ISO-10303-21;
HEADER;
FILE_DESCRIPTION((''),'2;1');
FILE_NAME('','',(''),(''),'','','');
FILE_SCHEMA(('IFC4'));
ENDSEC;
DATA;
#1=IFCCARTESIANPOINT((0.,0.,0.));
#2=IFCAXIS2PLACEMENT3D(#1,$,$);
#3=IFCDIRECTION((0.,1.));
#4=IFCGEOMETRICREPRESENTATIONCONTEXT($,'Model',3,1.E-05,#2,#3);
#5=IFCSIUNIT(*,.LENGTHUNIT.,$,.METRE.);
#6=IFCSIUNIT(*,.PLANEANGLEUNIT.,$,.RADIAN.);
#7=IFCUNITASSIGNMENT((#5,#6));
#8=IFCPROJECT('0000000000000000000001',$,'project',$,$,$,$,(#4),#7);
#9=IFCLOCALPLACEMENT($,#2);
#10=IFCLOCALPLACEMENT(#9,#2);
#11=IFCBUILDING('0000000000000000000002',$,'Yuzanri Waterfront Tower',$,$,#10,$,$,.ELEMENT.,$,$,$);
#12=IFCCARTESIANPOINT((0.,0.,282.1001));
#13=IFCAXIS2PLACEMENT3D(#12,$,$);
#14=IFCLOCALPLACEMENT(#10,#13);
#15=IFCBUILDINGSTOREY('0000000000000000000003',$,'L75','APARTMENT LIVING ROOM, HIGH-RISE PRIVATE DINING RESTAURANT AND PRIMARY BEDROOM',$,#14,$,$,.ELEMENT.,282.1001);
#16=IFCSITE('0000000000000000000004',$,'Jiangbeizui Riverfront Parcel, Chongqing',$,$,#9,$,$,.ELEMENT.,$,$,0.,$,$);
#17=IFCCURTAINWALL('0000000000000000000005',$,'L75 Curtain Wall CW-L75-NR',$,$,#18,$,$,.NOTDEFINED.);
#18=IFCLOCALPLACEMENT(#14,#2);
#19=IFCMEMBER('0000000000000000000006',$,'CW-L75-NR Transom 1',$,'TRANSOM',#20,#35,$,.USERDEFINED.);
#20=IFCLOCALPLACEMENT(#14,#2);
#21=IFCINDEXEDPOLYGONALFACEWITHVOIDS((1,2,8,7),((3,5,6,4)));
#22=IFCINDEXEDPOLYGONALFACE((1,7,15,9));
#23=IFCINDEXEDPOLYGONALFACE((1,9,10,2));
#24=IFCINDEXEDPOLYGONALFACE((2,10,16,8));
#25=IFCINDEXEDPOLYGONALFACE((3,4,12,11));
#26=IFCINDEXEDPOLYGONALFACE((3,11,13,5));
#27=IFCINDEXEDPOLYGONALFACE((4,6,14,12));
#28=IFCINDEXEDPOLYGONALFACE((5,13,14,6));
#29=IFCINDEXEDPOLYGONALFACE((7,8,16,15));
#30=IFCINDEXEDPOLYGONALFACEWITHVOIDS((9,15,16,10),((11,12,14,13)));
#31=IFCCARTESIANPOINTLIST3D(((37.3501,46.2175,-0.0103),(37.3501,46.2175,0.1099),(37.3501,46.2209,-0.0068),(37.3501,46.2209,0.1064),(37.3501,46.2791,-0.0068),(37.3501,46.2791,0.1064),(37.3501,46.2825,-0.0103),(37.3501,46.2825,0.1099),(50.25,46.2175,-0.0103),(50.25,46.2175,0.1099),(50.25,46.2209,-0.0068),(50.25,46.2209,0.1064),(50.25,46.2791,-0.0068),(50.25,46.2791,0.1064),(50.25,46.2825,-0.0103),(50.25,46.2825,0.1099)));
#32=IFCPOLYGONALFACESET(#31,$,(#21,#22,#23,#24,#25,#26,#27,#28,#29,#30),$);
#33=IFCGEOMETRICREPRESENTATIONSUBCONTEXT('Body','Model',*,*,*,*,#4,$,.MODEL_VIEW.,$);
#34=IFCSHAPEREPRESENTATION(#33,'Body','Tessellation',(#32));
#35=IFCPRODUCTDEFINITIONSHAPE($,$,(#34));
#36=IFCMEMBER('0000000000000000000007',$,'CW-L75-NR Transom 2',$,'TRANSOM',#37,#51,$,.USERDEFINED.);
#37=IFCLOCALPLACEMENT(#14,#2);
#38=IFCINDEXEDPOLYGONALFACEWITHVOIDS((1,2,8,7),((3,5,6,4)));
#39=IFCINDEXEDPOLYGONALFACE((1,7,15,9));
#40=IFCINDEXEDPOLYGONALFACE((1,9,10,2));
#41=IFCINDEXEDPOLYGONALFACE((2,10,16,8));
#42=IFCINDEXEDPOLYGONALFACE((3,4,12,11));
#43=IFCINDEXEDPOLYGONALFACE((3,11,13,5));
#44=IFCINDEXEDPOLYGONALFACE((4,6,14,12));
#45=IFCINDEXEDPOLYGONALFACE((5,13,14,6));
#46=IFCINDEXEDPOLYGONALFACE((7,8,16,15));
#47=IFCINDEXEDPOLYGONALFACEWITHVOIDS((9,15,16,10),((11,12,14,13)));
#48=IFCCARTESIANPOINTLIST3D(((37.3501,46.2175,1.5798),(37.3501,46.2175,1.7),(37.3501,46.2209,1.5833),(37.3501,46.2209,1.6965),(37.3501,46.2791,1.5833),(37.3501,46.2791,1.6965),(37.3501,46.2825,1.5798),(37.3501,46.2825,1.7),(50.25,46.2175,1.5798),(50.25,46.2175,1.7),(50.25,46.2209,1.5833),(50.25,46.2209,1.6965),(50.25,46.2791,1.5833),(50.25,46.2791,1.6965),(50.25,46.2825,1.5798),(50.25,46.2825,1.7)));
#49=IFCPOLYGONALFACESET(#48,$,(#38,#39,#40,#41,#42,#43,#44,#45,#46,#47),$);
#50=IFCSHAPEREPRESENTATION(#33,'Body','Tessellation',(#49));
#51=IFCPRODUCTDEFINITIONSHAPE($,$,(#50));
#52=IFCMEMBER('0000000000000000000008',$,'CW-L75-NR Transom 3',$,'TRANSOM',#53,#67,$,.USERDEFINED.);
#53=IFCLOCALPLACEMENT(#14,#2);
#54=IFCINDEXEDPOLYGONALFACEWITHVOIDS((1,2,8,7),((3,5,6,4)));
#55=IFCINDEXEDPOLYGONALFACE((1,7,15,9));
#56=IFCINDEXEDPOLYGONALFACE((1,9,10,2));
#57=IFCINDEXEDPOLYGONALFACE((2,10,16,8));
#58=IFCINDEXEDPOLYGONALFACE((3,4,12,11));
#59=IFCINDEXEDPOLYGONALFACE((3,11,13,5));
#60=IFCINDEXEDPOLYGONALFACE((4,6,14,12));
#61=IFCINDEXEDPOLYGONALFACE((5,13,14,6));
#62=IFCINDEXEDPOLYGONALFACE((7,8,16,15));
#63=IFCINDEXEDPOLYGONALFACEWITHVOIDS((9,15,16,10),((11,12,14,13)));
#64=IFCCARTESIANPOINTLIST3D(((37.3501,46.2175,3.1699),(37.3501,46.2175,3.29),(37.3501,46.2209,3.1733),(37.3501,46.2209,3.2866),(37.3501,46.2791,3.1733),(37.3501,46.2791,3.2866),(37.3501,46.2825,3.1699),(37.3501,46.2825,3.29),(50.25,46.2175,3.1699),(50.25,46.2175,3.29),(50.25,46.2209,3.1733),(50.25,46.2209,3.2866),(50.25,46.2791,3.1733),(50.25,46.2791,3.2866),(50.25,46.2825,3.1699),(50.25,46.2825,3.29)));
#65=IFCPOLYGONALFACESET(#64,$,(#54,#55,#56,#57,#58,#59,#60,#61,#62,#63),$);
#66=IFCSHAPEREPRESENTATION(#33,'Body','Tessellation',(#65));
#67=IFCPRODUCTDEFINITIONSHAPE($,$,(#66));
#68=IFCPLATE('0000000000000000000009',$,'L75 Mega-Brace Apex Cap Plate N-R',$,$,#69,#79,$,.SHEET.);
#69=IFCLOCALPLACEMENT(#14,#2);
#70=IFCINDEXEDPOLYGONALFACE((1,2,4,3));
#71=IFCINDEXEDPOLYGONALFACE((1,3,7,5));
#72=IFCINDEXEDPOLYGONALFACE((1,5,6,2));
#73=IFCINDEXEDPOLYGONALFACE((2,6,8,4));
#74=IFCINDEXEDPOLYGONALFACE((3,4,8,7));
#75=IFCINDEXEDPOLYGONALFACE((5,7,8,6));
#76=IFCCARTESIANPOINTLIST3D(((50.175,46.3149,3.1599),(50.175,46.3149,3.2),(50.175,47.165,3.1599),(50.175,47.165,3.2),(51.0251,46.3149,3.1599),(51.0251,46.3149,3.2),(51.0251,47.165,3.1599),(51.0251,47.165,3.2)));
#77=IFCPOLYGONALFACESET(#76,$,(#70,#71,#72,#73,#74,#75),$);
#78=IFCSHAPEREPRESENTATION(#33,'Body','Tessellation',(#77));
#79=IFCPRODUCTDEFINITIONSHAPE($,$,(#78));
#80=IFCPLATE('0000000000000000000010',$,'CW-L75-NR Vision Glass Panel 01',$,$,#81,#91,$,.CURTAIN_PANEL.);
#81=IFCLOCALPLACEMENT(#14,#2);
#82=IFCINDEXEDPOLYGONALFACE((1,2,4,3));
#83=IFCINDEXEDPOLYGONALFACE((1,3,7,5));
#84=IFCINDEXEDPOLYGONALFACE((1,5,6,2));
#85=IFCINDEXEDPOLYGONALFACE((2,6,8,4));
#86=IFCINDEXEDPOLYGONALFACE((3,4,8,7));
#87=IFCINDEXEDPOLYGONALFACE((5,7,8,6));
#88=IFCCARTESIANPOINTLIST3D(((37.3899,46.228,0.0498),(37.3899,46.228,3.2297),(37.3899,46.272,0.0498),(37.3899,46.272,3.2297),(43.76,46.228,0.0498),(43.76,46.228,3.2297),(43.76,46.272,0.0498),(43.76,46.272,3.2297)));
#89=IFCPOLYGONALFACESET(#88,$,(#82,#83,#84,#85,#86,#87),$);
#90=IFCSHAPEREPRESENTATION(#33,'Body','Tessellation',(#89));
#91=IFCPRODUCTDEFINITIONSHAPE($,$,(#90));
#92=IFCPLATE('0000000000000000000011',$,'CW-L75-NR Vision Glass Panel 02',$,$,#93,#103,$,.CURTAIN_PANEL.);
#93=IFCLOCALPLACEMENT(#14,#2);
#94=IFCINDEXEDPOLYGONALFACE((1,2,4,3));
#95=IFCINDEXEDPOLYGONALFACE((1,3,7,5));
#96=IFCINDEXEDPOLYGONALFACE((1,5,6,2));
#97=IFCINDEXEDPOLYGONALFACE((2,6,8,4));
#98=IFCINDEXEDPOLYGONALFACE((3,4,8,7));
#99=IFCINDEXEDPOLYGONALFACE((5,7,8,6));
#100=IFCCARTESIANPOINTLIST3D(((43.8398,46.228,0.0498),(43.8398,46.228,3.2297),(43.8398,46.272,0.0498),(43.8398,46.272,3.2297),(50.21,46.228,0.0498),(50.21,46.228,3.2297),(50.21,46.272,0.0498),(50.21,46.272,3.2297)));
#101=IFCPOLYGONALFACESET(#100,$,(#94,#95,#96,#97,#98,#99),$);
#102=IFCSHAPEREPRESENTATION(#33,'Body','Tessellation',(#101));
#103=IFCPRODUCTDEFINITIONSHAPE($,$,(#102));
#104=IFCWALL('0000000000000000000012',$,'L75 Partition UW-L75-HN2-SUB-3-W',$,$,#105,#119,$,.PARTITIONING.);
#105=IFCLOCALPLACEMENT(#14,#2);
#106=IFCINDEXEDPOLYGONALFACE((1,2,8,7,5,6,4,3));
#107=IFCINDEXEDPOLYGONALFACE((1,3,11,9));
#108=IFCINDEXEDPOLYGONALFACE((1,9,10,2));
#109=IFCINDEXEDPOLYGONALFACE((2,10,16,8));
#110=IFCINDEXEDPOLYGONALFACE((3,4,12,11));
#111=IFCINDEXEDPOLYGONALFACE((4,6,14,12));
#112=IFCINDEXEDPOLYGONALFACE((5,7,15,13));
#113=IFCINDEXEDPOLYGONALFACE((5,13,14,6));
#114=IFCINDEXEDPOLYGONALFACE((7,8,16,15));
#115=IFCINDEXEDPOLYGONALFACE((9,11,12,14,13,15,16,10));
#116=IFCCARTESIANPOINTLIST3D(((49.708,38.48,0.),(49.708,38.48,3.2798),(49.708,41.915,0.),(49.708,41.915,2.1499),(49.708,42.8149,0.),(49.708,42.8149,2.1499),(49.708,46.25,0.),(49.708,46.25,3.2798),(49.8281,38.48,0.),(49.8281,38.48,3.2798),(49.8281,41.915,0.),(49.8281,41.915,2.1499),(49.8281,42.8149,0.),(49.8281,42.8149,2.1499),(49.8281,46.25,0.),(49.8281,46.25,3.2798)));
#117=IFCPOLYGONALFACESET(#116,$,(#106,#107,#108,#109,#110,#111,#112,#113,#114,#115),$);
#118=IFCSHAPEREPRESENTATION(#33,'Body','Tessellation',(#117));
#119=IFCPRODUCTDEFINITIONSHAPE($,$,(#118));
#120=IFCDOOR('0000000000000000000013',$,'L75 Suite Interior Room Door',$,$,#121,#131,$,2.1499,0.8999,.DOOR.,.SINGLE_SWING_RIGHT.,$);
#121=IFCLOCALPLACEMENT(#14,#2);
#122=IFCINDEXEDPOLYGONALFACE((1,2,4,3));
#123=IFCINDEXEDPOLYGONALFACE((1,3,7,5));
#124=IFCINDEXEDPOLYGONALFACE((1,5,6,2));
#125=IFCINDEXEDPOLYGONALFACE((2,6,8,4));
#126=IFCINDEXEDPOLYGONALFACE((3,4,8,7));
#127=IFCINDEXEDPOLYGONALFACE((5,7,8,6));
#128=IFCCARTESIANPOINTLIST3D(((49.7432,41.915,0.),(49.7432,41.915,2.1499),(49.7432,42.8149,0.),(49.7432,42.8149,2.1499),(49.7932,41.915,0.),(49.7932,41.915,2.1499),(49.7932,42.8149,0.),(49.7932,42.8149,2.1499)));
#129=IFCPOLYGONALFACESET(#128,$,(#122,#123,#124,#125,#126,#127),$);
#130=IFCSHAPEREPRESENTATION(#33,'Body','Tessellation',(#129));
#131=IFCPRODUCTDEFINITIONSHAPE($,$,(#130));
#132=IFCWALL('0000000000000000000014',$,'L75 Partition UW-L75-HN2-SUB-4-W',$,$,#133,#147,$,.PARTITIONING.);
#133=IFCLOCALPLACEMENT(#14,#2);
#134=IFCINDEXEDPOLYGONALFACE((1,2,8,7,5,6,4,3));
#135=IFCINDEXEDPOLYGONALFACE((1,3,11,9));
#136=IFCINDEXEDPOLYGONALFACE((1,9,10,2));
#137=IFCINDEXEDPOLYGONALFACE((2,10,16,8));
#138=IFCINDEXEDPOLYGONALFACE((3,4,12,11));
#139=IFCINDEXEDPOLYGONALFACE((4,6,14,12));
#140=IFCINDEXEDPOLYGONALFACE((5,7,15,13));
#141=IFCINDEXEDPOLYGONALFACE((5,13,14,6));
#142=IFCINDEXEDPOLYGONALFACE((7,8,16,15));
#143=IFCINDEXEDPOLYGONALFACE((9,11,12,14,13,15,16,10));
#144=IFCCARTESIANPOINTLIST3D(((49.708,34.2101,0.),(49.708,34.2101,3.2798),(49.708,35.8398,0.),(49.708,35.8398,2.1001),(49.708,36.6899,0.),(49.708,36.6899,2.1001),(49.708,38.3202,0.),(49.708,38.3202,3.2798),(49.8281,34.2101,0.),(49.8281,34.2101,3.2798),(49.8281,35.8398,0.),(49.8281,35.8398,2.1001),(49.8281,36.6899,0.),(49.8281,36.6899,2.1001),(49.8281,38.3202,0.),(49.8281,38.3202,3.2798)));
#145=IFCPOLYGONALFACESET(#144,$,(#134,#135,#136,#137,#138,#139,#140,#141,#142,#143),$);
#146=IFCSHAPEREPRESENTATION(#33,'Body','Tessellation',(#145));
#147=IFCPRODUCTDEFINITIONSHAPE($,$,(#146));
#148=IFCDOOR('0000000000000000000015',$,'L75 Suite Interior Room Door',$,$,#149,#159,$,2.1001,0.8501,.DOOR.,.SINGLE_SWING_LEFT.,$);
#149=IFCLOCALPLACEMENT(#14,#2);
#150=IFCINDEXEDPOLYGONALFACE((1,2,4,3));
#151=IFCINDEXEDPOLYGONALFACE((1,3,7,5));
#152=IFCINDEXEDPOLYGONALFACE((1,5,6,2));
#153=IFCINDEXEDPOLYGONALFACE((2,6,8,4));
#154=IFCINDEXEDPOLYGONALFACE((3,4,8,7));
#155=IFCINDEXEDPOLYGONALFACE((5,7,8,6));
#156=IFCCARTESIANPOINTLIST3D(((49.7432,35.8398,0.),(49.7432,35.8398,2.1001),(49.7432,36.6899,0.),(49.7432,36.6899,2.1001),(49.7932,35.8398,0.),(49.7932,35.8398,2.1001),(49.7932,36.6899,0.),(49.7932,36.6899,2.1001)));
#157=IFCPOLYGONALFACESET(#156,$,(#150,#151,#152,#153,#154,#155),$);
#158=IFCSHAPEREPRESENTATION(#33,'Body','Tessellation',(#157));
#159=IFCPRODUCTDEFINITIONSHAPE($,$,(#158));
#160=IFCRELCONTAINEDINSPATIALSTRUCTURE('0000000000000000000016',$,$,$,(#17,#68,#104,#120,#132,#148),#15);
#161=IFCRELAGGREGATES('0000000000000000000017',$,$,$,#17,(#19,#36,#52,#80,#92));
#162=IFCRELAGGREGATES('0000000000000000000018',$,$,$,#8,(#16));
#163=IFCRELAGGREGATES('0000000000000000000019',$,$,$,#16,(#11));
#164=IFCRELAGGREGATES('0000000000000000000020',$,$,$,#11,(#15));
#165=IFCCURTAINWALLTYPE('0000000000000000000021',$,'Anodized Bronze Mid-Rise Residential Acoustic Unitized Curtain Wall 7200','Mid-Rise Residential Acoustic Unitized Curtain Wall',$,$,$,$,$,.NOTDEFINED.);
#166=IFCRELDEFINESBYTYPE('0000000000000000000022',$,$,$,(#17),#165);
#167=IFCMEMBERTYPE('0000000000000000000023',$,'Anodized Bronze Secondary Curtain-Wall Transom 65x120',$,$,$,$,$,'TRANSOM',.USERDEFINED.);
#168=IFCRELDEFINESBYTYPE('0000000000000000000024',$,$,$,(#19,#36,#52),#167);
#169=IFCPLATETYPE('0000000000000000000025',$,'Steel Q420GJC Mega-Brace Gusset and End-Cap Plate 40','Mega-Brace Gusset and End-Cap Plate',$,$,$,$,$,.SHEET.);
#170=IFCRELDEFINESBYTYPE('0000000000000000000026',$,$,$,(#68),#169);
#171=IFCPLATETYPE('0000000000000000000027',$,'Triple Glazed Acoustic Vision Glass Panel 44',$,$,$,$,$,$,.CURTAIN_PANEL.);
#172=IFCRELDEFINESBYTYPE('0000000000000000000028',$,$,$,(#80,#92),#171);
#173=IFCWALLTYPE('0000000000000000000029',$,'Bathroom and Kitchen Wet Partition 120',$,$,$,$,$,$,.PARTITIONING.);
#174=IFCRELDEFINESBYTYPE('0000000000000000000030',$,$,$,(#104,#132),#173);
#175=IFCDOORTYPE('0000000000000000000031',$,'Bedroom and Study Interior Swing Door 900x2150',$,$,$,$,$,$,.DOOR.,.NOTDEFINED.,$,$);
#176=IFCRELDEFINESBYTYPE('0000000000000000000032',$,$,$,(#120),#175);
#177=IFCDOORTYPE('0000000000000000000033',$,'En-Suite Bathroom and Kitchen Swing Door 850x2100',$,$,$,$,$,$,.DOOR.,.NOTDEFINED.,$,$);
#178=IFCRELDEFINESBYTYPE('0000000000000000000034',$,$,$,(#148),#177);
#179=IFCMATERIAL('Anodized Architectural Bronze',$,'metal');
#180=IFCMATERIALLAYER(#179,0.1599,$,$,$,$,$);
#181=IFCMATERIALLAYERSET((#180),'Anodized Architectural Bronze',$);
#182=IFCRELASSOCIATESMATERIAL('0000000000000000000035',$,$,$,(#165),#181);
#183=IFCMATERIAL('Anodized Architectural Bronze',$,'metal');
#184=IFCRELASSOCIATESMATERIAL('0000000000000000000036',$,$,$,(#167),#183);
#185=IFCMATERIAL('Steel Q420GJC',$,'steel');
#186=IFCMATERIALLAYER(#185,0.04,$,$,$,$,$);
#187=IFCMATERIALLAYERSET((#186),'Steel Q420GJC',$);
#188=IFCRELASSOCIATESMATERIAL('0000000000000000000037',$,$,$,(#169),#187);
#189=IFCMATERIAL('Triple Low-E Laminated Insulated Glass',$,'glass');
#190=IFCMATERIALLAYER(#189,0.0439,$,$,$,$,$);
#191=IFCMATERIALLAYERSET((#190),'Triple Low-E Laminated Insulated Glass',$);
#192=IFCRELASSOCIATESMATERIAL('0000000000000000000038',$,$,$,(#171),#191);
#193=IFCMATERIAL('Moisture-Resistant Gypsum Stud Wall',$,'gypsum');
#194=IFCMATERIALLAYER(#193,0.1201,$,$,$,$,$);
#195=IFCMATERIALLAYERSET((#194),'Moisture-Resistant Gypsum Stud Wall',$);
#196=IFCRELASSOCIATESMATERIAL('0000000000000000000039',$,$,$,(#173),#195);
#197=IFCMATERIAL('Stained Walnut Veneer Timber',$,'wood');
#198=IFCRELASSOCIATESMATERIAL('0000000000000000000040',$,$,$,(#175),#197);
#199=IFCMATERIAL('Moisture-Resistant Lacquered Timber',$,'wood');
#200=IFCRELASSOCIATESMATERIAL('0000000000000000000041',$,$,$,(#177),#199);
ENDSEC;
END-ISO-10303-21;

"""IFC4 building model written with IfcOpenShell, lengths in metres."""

from ifc_helpers import new_model, si_unit, direction, frame, frame_2d, origin, origin_2d, place, context, subcontext, project, spatial, rectangle, hollow_rectangle, extrude, source, transform, mapped, material, layer, layer_set, material_profile, profile_set, type_object, element, fill, aggregate, save


model = new_model("IFC4")

# Units and contexts
model_context = context("Model", 3, precision=1e-05, world=origin(), true_north=direction((0.0, 1.0)))
body_context = subcontext(model_context, "Body", "Model", "MODEL_VIEW")
ifc_project = project(units=[si_unit("LENGTHUNIT", "METRE"), si_unit("PLANEANGLEUNIT", "RADIAN")], contexts=[model_context])

# Site, building, storey
site_placement = place(None, origin())
site = spatial("IfcSite", under=ifc_project, at=site_placement, Name="Jiangbeizui Riverfront Parcel, Chongqing", CompositionType="ELEMENT", RefElevation=0.0)
building_placement = place(site_placement, origin())
building = spatial("IfcBuilding", under=site, at=building_placement, Name="Yuzanri Waterfront Tower", CompositionType="ELEMENT")
storey_placement = place(building_placement, frame((0.0, 0.0, 282.1001)))
storey = spatial("IfcBuildingStorey", under=building, at=storey_placement, Name="L75", Description="APARTMENT LIVING ROOM, HIGH-RISE PRIVATE DINING RESTAURANT AND PRIMARY BEDROOM", CompositionType="ELEMENT", Elevation=282.1001)

# Curtain wall, members
ifc_material_1 = material(Name="Anodized Architectural Bronze", Category="metal")
ifc_layer_1 = layer(ifc_material_1, 0.1599)
ifc_layer_set_1 = layer_set([ifc_layer_1], Name="Anodized Architectural Bronze")
curtain_wall_type = type_object("IfcCurtainWallType", Name="Anodized Bronze Mid-Rise Residential Acoustic Unitized Curtain Wall 7200", Description="Mid-Rise Residential Acoustic Unitized Curtain Wall", PredefinedType="NOTDEFINED", material=ifc_layer_set_1)
curtain_wall_placement = place(storey_placement, origin())
curtain_wall = element("IfcCurtainWall", 1, at=curtain_wall_placement, inside=storey, type_object=curtain_wall_type, Name="L75 Curtain Wall CW-L75-NR", PredefinedType="NOTDEFINED")
ifc_material_2 = material(Name="Anodized Architectural Bronze", Category="metal")
ifc_material_profile_1 = material_profile(ifc_material_2, hollow_rectangle(XDim=0.0649, YDim=0.1201, WallThickness=0.0034, at=origin_2d()), Name="CWT 65x120")
ifc_profile_set_1 = profile_set([ifc_material_profile_1], Name="Anodized Architectural Bronze")
member_type_1 = type_object("IfcMemberType", Name="Anodized Bronze Secondary Curtain-Wall Transom 65x120", ElementType="TRANSOM", PredefinedType="USERDEFINED", material=ifc_profile_set_1)
shared_shape_1 = source(origin(), body_context, "Body", "SweptSolid", [
    extrude(hollow_rectangle(XDim=0.0649, YDim=0.1201, WallThickness=0.0034, at=origin_2d()), origin(), (0.0, 0.0, 1.0), 12.8999),
])
member_1_placement = place(storey_placement, frame((37.3501, 46.25, 0.0498), z_axis=(1.0, 0.0, 0.0), x_axis=(0.0, 1.0, 0.0)))
member_1 = element("IfcMember", 2, at=member_1_placement, type_object=member_type_1, Name="CW-L75-NR Transom 1", ObjectType="TRANSOM", PredefinedType="USERDEFINED", context=body_context, shape_type="MappedRepresentation", body=[
    mapped(shared_shape_1, transform((0.0, 0.0, 0.0), scale=1.0)),
])
member_2_placement = place(storey_placement, frame((37.3501, 46.25, 1.6399), z_axis=(1.0, 0.0, 0.0), x_axis=(0.0, 1.0, 0.0)))
member_2 = element("IfcMember", 3, at=member_2_placement, type_object=member_type_1, Name="CW-L75-NR Transom 2", ObjectType="TRANSOM", PredefinedType="USERDEFINED", context=body_context, shape_type="MappedRepresentation", body=[
    mapped(shared_shape_1, transform((0.0, 0.0, 0.0), scale=1.0)),
])
member_3_placement = place(storey_placement, frame((37.3501, 46.25, 3.23), z_axis=(1.0, 0.0, 0.0), x_axis=(0.0, 1.0, 0.0)))
member_3 = element("IfcMember", 4, at=member_3_placement, type_object=member_type_1, Name="CW-L75-NR Transom 3", ObjectType="TRANSOM", PredefinedType="USERDEFINED", context=body_context, shape_type="MappedRepresentation", body=[
    mapped(shared_shape_1, transform((0.0, 0.0, 0.0), scale=1.0)),
])

# Plates
ifc_material_3 = material(Name="Steel Q420GJC", Category="steel")
ifc_layer_2 = layer(ifc_material_3, 0.04)
ifc_layer_set_2 = layer_set([ifc_layer_2], Name="Steel Q420GJC")
plate_type_1 = type_object("IfcPlateType", Name="Steel Q420GJC Mega-Brace Gusset and End-Cap Plate 40", Description="Mega-Brace Gusset and End-Cap Plate", PredefinedType="SHEET", material=ifc_layer_set_2)
shared_shape_2 = source(origin(), body_context, "Body", "SweptSolid", [
    extrude(rectangle(XDim=0.8501, YDim=0.8501, at=origin_2d()), origin(), (0.0, 0.0, 1.0), 0.04),
])
plate_1_placement = place(storey_placement, frame((50.6001, 46.74, 3.1599), z_axis=(0.0, 0.0, 1.0), x_axis=(1.0, 0.0, 0.0)))
element("IfcPlate", 5, at=plate_1_placement, inside=storey, type_object=plate_type_1, Name="L75 Mega-Brace Apex Cap Plate N-R", PredefinedType="SHEET", context=body_context, shape_type="MappedRepresentation", body=[
    mapped(shared_shape_2, transform((0.0, 0.0, 0.0), scale=1.0)),
])
ifc_material_4 = material(Name="Triple Low-E Laminated Insulated Glass", Category="glass")
ifc_layer_3 = layer(ifc_material_4, 0.0439)
ifc_layer_set_3 = layer_set([ifc_layer_3], Name="Triple Low-E Laminated Insulated Glass")
plate_type_2 = type_object("IfcPlateType", Name="Triple Glazed Acoustic Vision Glass Panel 44", PredefinedType="CURTAIN_PANEL", material=ifc_layer_set_3)
shared_shape_3 = source(origin(), body_context, "Body", "SweptSolid", [
    extrude(rectangle(XDim=6.3701, YDim=0.0439, at=origin_2d()), origin(), (0.0, 0.0, 1.0), 3.1799),
])
plate_2_placement = place(storey_placement, frame((40.575, 46.25, 0.0498), z_axis=(0.0, 0.0, 1.0), x_axis=(1.0, 0.0, 0.0)))
plate_2 = element("IfcPlate", 6, at=plate_2_placement, type_object=plate_type_2, Name="CW-L75-NR Vision Glass Panel 01", PredefinedType="CURTAIN_PANEL", context=body_context, shape_type="MappedRepresentation", body=[
    mapped(shared_shape_3, transform((0.0, 0.0, 0.0), scale=1.0)),
])
plate_3_placement = place(storey_placement, frame((47.0249, 46.25, 0.0498), z_axis=(0.0, 0.0, 1.0), x_axis=(1.0, 0.0, 0.0)))
plate_3 = element("IfcPlate", 7, at=plate_3_placement, type_object=plate_type_2, Name="CW-L75-NR Vision Glass Panel 02", PredefinedType="CURTAIN_PANEL", context=body_context, shape_type="MappedRepresentation", body=[
    mapped(shared_shape_3, transform((0.0, 0.0, 0.0), scale=1.0)),
])
aggregate(curtain_wall, [member_1, member_2, member_3, plate_2, plate_3])

# Walls, openings, doors
ifc_material_5 = material(Name="Moisture-Resistant Gypsum Stud Wall", Category="gypsum")
ifc_layer_4 = layer(ifc_material_5, 0.1201)
ifc_layer_set_4 = layer_set([ifc_layer_4], Name="Moisture-Resistant Gypsum Stud Wall")
wall_type_1 = type_object("IfcWallType", Name="Bathroom and Kitchen Wet Partition 120", PredefinedType="PARTITIONING", material=ifc_layer_set_4)
wall_1_placement = place(storey_placement, frame((49.7681, 38.48, 0.0), z_axis=(0.0, 0.0, 1.0), x_axis=(0.0, 1.0, 0.0)))
wall_1 = element("IfcWall", 8, at=wall_1_placement, inside=storey, type_object=wall_type_1, Name="L75 Partition UW-L75-HN2-SUB-3-W", PredefinedType="PARTITIONING", context=body_context, shape_type="SweptSolid", body=[
    extrude(rectangle(XDim=7.77, YDim=0.1201, at=frame_2d((3.885, 0.0))), origin(), (0.0, 0.0, 1.0), 3.2798),
])
opening_1_placement = place(wall_1_placement, frame((3.4351, 0.0, 0.0)))
opening_1 = element("IfcOpeningElement", 9, at=opening_1_placement, cuts=wall_1, PredefinedType="OPENING", context=body_context, shape_type="SweptSolid", body=[
    extrude(rectangle(XDim=0.8999, YDim=2.1499, at=frame_2d((0.45, 1.075))), frame((0.0, 0.075, 0.0), z_axis=(0.0, -1.0, 0.0), x_axis=(1.0, 0.0, 0.0)), (0.0, 0.0, 1.0), 0.1499),
])
ifc_material_6 = material(Name="Stained Walnut Veneer Timber", Category="wood")
door_type_1 = type_object("IfcDoorType", Name="Bedroom and Study Interior Swing Door 900x2150", OperationType="NOTDEFINED", PredefinedType="DOOR", material=ifc_material_6)
shared_shape_4 = source(origin(), body_context, "Body", "SweptSolid", [
    extrude(rectangle(XDim=0.8999, YDim=2.1499, at=frame_2d((0.45, 1.075))), frame((0.0, 0.0249, 0.0), z_axis=(0.0, -1.0, 0.0), x_axis=(1.0, 0.0, 0.0)), (0.0, 0.0, 1.0), 0.05),
])
door_1_placement = place(opening_1_placement, origin())
door_1 = element("IfcDoor", 10, at=door_1_placement, inside=storey, type_object=door_type_1, Name="L75 Suite Interior Room Door", OperationType="SINGLE_SWING_RIGHT", OverallHeight=2.1499, OverallWidth=0.8999, PredefinedType="DOOR", context=body_context, shape_type="MappedRepresentation", body=[
    mapped(shared_shape_4, transform((0.0, 0.0, 0.0), scale=1.0)),
])
fill(opening_1, door_1)
wall_2_placement = place(storey_placement, frame((49.7681, 34.21, 0.0), z_axis=(0.0, 0.0, 1.0), x_axis=(0.0, 1.0, 0.0)))
wall_2 = element("IfcWall", 11, at=wall_2_placement, inside=storey, type_object=wall_type_1, Name="L75 Partition UW-L75-HN2-SUB-4-W", PredefinedType="PARTITIONING", context=body_context, shape_type="SweptSolid", body=[
    extrude(rectangle(XDim=4.1101, YDim=0.1201, at=frame_2d((2.0552, 0.0))), origin(), (0.0, 0.0, 1.0), 3.2798),
])
opening_2_placement = place(wall_2_placement, frame((1.6299, 0.0, 0.0)))
opening_2 = element("IfcOpeningElement", 12, at=opening_2_placement, cuts=wall_2, PredefinedType="OPENING", context=body_context, shape_type="SweptSolid", body=[
    extrude(rectangle(XDim=0.8501, YDim=2.1001, at=frame_2d((0.425, 1.05))), frame((0.0, 0.075, 0.0), z_axis=(0.0, -1.0, 0.0), x_axis=(1.0, 0.0, 0.0)), (0.0, 0.0, 1.0), 0.1499),
])
ifc_material_7 = material(Name="Moisture-Resistant Lacquered Timber", Category="wood")
door_type_2 = type_object("IfcDoorType", Name="En-Suite Bathroom and Kitchen Swing Door 850x2100", OperationType="NOTDEFINED", PredefinedType="DOOR", material=ifc_material_7)
shared_shape_5 = source(origin(), body_context, "Body", "SweptSolid", [
    extrude(rectangle(XDim=0.8501, YDim=2.1001, at=frame_2d((0.425, 1.05))), frame((0.0, 0.0249, 0.0), z_axis=(0.0, -1.0, 0.0), x_axis=(1.0, 0.0, 0.0)), (0.0, 0.0, 1.0), 0.05),
])
door_2_placement = place(opening_2_placement, origin())
door_2 = element("IfcDoor", 13, at=door_2_placement, inside=storey, type_object=door_type_2, Name="L75 Suite Interior Room Door", OperationType="SINGLE_SWING_LEFT", OverallHeight=2.1001, OverallWidth=0.8501, PredefinedType="DOOR", context=body_context, shape_type="MappedRepresentation", body=[
    mapped(shared_shape_5, transform((0.0, 0.0, 0.0), scale=1.0)),
])
fill(opening_2, door_2)

save(model, "model.ifc")
